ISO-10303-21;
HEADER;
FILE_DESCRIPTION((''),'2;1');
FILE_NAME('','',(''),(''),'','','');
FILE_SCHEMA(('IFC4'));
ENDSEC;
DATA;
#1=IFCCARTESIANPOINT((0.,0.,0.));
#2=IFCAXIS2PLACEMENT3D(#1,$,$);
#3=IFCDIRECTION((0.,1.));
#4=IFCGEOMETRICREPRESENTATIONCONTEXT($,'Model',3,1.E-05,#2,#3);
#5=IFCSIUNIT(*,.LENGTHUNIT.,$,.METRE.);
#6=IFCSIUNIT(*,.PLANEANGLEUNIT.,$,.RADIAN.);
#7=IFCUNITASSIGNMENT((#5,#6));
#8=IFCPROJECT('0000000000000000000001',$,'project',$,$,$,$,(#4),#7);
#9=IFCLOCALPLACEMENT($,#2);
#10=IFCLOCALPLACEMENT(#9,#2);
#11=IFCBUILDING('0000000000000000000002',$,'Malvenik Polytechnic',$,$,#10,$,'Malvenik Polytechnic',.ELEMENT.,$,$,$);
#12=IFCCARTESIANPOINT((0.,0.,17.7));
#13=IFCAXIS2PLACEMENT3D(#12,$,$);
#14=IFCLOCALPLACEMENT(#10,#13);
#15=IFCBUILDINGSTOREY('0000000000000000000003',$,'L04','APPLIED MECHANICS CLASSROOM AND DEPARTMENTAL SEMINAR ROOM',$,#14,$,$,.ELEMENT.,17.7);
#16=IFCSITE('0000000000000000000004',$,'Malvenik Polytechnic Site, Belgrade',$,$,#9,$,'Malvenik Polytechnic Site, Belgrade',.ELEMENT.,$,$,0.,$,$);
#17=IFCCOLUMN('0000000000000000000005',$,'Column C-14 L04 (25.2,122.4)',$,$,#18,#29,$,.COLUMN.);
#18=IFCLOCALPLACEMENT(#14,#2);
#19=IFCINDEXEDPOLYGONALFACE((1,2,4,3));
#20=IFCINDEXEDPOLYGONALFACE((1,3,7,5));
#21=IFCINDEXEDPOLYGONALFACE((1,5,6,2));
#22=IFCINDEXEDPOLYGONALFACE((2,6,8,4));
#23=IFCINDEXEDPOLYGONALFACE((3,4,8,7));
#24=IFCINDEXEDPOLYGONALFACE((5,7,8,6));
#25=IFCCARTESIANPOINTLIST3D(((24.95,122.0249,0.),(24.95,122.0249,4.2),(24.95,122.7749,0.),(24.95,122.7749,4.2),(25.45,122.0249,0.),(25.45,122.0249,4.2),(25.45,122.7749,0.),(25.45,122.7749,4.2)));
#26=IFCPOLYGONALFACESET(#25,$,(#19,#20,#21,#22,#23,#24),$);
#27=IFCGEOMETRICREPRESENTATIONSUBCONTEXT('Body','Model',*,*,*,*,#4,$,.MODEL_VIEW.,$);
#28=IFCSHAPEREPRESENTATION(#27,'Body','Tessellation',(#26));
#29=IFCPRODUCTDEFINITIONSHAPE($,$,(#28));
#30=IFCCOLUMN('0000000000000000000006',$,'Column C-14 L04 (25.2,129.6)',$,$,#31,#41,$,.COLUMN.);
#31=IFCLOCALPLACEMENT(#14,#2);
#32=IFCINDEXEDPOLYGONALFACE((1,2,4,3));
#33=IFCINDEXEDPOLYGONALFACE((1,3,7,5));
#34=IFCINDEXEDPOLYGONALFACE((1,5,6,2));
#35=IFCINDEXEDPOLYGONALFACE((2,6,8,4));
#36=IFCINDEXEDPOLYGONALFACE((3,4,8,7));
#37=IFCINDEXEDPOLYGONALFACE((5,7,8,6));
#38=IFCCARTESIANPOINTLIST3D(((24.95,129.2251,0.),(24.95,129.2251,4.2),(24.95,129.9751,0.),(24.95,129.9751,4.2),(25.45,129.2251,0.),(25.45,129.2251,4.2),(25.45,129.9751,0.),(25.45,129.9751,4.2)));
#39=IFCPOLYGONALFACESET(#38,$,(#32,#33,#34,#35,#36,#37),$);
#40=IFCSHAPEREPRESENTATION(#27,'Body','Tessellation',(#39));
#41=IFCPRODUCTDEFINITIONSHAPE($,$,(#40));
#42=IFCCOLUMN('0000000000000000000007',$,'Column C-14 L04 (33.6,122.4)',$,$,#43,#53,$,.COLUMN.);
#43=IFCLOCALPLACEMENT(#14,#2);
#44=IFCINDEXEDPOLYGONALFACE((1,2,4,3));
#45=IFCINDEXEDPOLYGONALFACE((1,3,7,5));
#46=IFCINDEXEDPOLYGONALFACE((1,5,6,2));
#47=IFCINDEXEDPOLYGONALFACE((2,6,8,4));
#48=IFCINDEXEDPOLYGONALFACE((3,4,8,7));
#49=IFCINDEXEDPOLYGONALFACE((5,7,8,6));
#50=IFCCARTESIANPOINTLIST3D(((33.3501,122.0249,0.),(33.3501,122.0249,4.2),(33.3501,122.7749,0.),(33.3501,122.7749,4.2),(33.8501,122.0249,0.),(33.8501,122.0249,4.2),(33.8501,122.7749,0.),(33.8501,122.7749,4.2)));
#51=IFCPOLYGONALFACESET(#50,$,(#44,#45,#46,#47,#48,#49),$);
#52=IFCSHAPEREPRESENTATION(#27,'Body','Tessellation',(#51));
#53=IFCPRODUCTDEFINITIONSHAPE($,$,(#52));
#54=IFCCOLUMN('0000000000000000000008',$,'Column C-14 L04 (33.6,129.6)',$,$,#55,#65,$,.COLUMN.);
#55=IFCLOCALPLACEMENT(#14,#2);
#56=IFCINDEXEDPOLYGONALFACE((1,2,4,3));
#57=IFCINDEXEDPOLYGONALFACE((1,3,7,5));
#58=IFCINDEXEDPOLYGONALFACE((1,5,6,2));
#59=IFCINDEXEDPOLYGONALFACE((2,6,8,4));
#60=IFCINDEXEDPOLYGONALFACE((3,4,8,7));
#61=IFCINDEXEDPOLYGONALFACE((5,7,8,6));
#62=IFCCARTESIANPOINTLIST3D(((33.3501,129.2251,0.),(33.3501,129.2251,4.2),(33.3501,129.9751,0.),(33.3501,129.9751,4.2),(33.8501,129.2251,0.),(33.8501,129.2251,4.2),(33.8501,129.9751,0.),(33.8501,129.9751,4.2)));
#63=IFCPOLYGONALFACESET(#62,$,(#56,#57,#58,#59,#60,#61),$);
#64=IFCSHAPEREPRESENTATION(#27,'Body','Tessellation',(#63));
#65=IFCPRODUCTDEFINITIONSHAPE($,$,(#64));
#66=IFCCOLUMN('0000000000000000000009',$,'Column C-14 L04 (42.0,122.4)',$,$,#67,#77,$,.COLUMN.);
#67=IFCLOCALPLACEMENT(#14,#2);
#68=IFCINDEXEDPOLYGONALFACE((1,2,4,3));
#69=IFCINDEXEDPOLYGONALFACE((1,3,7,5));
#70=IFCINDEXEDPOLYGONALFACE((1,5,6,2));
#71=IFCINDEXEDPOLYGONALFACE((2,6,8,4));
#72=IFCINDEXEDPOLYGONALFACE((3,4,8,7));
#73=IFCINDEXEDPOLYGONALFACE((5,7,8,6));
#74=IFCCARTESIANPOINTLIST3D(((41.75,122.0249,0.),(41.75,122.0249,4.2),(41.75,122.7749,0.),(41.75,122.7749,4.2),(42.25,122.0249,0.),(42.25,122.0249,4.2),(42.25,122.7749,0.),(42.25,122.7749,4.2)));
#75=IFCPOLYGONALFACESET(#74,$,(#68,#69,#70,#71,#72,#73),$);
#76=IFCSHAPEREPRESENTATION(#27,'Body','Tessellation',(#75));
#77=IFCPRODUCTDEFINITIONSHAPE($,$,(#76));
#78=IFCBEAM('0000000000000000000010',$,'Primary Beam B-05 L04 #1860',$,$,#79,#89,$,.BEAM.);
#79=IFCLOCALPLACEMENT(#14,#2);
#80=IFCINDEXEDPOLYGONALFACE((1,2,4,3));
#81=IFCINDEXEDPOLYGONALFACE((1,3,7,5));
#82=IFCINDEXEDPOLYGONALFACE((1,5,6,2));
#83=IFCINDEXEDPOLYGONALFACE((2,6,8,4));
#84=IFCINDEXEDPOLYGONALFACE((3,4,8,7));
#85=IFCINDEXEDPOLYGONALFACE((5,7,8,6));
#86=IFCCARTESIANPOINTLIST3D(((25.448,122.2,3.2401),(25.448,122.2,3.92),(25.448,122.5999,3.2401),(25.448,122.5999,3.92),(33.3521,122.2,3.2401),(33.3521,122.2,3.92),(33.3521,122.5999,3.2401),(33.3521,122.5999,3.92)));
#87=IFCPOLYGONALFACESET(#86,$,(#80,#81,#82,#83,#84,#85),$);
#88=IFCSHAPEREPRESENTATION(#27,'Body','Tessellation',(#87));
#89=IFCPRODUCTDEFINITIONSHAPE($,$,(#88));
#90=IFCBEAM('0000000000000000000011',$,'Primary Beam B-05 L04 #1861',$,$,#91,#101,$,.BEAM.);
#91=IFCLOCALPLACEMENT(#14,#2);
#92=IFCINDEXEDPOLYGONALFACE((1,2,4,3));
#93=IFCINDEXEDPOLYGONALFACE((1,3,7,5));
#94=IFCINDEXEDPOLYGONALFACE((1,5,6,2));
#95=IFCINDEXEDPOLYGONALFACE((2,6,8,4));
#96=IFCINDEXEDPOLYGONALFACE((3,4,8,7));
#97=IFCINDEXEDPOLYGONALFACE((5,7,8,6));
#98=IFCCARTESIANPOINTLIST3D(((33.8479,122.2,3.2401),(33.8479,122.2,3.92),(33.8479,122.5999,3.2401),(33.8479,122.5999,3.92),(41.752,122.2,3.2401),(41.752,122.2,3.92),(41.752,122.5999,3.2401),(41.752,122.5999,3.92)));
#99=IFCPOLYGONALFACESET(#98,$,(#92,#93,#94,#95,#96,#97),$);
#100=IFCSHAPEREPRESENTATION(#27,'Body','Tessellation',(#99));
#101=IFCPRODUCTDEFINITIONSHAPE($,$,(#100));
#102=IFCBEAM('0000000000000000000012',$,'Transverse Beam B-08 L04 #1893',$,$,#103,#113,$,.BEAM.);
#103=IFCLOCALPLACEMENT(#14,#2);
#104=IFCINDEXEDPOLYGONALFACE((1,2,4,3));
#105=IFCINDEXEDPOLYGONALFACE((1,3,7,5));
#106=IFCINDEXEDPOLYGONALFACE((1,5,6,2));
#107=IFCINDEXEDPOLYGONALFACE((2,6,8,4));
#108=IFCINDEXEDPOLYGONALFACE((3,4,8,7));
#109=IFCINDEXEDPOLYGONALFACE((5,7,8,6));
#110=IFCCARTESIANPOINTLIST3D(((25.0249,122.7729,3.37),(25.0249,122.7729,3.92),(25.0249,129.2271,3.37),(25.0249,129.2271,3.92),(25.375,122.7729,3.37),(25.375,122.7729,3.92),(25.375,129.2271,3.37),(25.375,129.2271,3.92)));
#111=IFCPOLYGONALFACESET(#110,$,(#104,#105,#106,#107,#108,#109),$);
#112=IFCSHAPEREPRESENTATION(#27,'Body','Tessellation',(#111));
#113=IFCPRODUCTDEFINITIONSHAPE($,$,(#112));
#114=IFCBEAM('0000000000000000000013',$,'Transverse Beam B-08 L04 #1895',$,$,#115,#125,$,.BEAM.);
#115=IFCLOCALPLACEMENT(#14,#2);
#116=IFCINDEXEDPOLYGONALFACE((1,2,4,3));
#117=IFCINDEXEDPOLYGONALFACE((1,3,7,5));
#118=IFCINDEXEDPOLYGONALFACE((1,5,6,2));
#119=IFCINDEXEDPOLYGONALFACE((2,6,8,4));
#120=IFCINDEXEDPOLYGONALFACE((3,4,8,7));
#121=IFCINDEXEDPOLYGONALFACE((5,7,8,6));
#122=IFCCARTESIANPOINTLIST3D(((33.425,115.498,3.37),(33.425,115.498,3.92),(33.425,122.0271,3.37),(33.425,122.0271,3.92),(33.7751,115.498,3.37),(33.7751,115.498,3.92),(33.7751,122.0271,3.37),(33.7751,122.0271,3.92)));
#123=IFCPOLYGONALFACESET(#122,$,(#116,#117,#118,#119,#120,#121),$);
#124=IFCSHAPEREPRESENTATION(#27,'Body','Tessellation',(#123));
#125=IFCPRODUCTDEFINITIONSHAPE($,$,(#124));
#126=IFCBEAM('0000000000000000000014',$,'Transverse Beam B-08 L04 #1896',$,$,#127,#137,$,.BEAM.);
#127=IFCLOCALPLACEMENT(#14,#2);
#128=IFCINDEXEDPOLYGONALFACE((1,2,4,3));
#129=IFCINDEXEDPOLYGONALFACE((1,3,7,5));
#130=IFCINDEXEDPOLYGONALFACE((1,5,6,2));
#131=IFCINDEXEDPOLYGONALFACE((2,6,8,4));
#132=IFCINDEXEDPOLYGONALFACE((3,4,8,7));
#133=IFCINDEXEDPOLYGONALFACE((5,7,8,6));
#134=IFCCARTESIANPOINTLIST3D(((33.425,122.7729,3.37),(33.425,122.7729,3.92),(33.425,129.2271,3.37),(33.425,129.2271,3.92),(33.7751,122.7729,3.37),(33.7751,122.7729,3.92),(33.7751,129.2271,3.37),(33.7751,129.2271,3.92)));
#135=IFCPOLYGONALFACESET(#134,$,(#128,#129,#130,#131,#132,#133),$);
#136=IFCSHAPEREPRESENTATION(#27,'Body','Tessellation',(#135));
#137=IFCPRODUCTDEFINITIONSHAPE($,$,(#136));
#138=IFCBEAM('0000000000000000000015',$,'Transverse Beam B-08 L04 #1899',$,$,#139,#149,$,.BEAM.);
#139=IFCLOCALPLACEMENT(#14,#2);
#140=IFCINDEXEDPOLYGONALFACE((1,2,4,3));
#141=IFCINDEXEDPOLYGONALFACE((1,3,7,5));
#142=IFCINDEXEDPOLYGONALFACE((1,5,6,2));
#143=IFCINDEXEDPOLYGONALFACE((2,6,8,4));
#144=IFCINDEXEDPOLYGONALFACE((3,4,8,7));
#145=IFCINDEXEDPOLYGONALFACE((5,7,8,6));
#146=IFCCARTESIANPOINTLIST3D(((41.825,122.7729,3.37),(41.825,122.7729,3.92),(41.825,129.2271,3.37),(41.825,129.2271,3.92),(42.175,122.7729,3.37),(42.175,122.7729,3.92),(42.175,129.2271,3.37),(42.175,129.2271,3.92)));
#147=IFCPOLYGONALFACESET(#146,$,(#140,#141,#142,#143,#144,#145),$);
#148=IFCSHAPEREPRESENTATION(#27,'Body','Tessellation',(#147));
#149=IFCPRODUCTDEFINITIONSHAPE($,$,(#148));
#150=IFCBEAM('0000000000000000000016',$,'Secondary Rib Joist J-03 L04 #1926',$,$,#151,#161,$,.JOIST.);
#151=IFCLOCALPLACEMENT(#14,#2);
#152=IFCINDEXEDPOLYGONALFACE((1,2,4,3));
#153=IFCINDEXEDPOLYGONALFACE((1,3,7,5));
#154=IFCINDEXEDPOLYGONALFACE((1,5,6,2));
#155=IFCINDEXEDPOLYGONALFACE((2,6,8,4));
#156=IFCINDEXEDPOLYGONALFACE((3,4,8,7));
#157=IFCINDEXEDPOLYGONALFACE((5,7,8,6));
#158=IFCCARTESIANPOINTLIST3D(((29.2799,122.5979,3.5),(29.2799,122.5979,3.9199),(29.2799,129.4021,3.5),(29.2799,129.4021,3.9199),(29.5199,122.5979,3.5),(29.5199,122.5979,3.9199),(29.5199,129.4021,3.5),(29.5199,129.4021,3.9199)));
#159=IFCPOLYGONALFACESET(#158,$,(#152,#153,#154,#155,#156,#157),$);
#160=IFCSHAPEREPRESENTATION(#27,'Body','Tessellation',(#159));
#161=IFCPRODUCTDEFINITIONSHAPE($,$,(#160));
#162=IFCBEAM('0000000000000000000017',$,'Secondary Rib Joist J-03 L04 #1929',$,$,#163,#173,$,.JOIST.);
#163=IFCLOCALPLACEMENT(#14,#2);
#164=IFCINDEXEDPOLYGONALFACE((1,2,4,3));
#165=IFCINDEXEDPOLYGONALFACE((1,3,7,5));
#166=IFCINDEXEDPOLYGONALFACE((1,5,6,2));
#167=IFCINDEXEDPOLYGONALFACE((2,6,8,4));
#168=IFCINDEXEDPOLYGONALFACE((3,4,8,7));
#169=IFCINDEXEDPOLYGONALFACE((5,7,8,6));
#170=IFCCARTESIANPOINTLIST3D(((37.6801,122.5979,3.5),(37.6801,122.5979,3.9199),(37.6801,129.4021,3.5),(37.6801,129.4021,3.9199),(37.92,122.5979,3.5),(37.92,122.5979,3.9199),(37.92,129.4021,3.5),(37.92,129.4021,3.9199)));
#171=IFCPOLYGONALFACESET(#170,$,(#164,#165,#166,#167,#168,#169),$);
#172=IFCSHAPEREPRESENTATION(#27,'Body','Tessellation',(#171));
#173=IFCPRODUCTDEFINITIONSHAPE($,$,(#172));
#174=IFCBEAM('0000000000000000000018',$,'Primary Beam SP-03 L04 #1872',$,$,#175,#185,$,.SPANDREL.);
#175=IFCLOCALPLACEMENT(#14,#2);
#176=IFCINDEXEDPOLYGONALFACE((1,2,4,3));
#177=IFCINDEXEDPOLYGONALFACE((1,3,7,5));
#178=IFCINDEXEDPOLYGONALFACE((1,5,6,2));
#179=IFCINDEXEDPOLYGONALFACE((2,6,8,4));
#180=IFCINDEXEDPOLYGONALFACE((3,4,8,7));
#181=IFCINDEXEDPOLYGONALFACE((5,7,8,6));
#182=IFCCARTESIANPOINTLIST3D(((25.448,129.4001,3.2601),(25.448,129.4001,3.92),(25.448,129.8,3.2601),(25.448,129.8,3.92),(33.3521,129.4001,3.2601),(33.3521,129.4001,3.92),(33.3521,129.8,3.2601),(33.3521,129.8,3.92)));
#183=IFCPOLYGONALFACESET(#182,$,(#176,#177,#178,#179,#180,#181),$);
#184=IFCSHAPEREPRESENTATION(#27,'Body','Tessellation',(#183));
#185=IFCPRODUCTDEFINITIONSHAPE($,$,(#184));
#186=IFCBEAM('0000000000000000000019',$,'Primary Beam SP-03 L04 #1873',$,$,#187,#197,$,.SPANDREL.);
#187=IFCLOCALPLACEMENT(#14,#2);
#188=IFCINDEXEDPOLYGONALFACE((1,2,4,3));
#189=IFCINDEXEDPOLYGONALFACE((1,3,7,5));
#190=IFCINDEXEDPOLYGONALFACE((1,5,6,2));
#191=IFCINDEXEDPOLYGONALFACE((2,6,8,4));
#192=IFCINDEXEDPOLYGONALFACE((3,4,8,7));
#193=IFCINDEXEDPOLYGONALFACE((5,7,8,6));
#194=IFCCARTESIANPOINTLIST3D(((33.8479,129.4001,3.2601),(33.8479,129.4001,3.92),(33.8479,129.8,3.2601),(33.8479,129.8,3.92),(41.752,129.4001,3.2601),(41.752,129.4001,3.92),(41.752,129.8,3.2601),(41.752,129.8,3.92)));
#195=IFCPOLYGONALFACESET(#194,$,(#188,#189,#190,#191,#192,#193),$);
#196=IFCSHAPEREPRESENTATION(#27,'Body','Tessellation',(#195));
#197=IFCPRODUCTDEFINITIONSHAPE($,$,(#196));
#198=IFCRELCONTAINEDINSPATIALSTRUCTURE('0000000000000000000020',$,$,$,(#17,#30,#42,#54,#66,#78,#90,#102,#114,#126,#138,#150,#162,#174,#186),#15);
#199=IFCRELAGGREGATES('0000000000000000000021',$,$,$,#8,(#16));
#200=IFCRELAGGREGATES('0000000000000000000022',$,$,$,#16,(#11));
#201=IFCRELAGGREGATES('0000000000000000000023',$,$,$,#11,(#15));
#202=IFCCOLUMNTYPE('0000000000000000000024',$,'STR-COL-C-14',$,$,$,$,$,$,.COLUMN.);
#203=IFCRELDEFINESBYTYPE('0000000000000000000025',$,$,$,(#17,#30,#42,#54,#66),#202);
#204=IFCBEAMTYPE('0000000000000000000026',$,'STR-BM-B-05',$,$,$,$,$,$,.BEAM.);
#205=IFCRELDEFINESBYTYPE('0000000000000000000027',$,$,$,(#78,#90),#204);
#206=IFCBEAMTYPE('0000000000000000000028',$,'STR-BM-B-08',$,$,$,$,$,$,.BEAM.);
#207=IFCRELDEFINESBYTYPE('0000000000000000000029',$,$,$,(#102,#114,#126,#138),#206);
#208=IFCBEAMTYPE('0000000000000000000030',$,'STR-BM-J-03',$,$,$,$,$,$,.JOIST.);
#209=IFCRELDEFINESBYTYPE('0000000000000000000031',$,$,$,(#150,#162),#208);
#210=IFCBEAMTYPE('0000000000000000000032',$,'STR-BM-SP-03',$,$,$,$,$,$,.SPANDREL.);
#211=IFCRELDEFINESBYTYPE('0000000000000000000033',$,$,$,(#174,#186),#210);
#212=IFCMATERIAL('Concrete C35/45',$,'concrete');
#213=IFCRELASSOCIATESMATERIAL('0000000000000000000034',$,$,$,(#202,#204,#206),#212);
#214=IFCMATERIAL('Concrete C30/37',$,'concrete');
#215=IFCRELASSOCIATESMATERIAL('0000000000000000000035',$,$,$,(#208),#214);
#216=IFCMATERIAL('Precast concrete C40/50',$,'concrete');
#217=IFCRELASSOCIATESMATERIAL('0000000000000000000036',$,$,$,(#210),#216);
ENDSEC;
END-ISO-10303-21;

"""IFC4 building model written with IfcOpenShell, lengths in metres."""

from ifc_helpers import new_model, si_unit, direction, frame, origin, origin_2d, place, context, subcontext, project, spatial, rectangle, extrude, material, material_profile, profile_set, type_object, element, save


model = new_model("IFC4")

# Units and contexts
model_context = context("Model", 3, precision=1e-05, world=origin(), true_north=direction((0.0, 1.0)))
body_context = subcontext(model_context, "Body", "Model", "MODEL_VIEW")
ifc_project = project(units=[si_unit("LENGTHUNIT", "METRE"), si_unit("PLANEANGLEUNIT", "RADIAN")], contexts=[model_context])

# Site, building, storey
site_placement = place(None, origin())
site = spatial("IfcSite", under=ifc_project, at=site_placement, Name="Malvenik Polytechnic Site, Belgrade", LongName="Malvenik Polytechnic Site, Belgrade", CompositionType="ELEMENT", RefElevation=0.0)
building_placement = place(site_placement, origin())
building = spatial("IfcBuilding", under=site, at=building_placement, Name="Malvenik Polytechnic", LongName="Malvenik Polytechnic", CompositionType="ELEMENT")
storey_placement = place(building_placement, frame((0.0, 0.0, 17.7)))
storey = spatial("IfcBuildingStorey", under=building, at=storey_placement, Name="L04", Description="APPLIED MECHANICS CLASSROOM AND DEPARTMENTAL SEMINAR ROOM", CompositionType="ELEMENT", Elevation=17.7)

# Columns
ifc_material_1 = material(Name="Concrete C35/45", Category="concrete")
ifc_material_profile_1 = material_profile(ifc_material_1, rectangle(XDim=0.5, YDim=0.75, at=origin_2d()), Name="RC COL 750x500")
ifc_profile_set_1 = profile_set([ifc_material_profile_1], Name="Concrete C35/45")
column_type = type_object("IfcColumnType", Name="STR-COL-C-14", PredefinedType="COLUMN", material=ifc_profile_set_1)
for number, where, z_axis, x_axis, name in (
    (1, (25.2, 122.3999, 0.0), (0.0, 0.0, 1.0), (1.0, 0.0, 0.0), "Column C-14 L04 (25.2,122.4)"),
    (2, (25.2, 129.6001, 0.0), (0.0, 0.0, 1.0), (1.0, 0.0, 0.0), "Column C-14 L04 (25.2,129.6)"),
    (3, (33.6001, 122.3999, 0.0), (0.0, 0.0, 1.0), (1.0, 0.0, 0.0), "Column C-14 L04 (33.6,122.4)"),
    (4, (33.6001, 129.6001, 0.0), (0.0, 0.0, 1.0), (1.0, 0.0, 0.0), "Column C-14 L04 (33.6,129.6)"),
    (5, (42.0, 122.3999, 0.0), (0.0, 0.0, 1.0), (1.0, 0.0, 0.0), "Column C-14 L04 (42.0,122.4)"),
):
    element("IfcColumn", number, at=place(storey_placement, frame(where, z_axis=z_axis, x_axis=x_axis)), inside=storey, type_object=column_type, Name=name, PredefinedType="COLUMN", context=body_context, shape_type="SweptSolid", body=[
        extrude(rectangle(XDim=0.5, YDim=0.75, at=origin_2d()), origin(), (0.0, 0.0, 1.0), 4.2),
    ])

# Beams
ifc_material_profile_2 = material_profile(ifc_material_1, rectangle(XDim=0.3999, YDim=0.6799, at=origin_2d()), Name="RC BM 400x680")
ifc_profile_set_2 = profile_set([ifc_material_profile_2], Name="Concrete C35/45")
beam_type_1 = type_object("IfcBeamType", Name="STR-BM-B-05", PredefinedType="BEAM", material=ifc_profile_set_2)
for number, where, z_axis, x_axis, name in (
    (6, (25.448, 122.3999, 3.5801), (1.0, 0.0, 0.0), (0.0, 1.0, 0.0), "Primary Beam B-05 L04 #1860"),
    (7, (33.8479, 122.3999, 3.5801), (1.0, 0.0, 0.0), (0.0, 1.0, 0.0), "Primary Beam B-05 L04 #1861"),
):
    element("IfcBeam", number, at=place(storey_placement, frame(where, z_axis=z_axis, x_axis=x_axis)), inside=storey, type_object=beam_type_1, Name=name, PredefinedType="BEAM", context=body_context, shape_type="SweptSolid", body=[
        extrude(rectangle(XDim=0.3999, YDim=0.6799, at=origin_2d()), origin(), (0.0, 0.0, 1.0), 7.9041),
    ])
ifc_material_profile_3 = material_profile(ifc_material_1, rectangle(XDim=0.3501, YDim=0.55, at=origin_2d()), Name="RC BM 350x550")
ifc_profile_set_3 = profile_set([ifc_material_profile_3], Name="Concrete C35/45")
beam_type_2 = type_object("IfcBeamType", Name="STR-BM-B-08", PredefinedType="BEAM", material=ifc_profile_set_3)
beam_1_placement = place(storey_placement, frame((25.2, 122.7729, 3.645), z_axis=(0.0, 1.0, 0.0), x_axis=(-1.0, 0.0, 0.0)))
element("IfcBeam", 8, at=beam_1_placement, inside=storey, type_object=beam_type_2, Name="Transverse Beam B-08 L04 #1893", PredefinedType="BEAM", context=body_context, shape_type="SweptSolid", body=[
    extrude(rectangle(XDim=0.3501, YDim=0.55, at=origin_2d()), origin(), (0.0, 0.0, 1.0), 6.4541),
])
beam_2_placement = place(storey_placement, frame((33.6001, 115.498, 3.645), z_axis=(0.0, 1.0, 0.0), x_axis=(-1.0, 0.0, 0.0)))
element("IfcBeam", 9, at=beam_2_placement, inside=storey, type_object=beam_type_2, Name="Transverse Beam B-08 L04 #1895", PredefinedType="BEAM", context=body_context, shape_type="SweptSolid", body=[
    extrude(rectangle(XDim=0.3501, YDim=0.55, at=origin_2d()), origin(), (0.0, 0.0, 1.0), 6.5291),
])
for number, where, z_axis, x_axis, name in (
    (10, (33.6001, 122.7729, 3.645), (0.0, 1.0, 0.0), (-1.0, 0.0, 0.0), "Transverse Beam B-08 L04 #1896"),
    (11, (42.0, 122.7729, 3.645), (0.0, 1.0, 0.0), (-1.0, 0.0, 0.0), "Transverse Beam B-08 L04 #1899"),
):
    element("IfcBeam", number, at=place(storey_placement, frame(where, z_axis=z_axis, x_axis=x_axis)), inside=storey, type_object=beam_type_2, Name=name, PredefinedType="BEAM", context=body_context, shape_type="SweptSolid", body=[
        extrude(rectangle(XDim=0.3501, YDim=0.55, at=origin_2d()), origin(), (0.0, 0.0, 1.0), 6.4541),
    ])
ifc_material_2 = material(Name="Concrete C30/37", Category="concrete")
ifc_material_profile_4 = material_profile(ifc_material_2, rectangle(XDim=0.24, YDim=0.4199, at=origin_2d()), Name="RC JST 240x420")
ifc_profile_set_4 = profile_set([ifc_material_profile_4], Name="Concrete C30/37")
beam_type_3 = type_object("IfcBeamType", Name="STR-BM-J-03", PredefinedType="JOIST", material=ifc_profile_set_4)
for number, where, z_axis, x_axis, name in (
    (12, (29.3999, 122.5979, 3.71), (0.0, 1.0, 0.0), (-1.0, 0.0, 0.0), "Secondary Rib Joist J-03 L04 #1926"),
    (13, (37.8, 122.5979, 3.71), (0.0, 1.0, 0.0), (-1.0, 0.0, 0.0), "Secondary Rib Joist J-03 L04 #1929"),
):
    element("IfcBeam", number, at=place(storey_placement, frame(where, z_axis=z_axis, x_axis=x_axis)), inside=storey, type_object=beam_type_3, Name=name, PredefinedType="JOIST", context=body_context, shape_type="SweptSolid", body=[
        extrude(rectangle(XDim=0.24, YDim=0.4199, at=origin_2d()), origin(), (0.0, 0.0, 1.0), 6.8042),
    ])
ifc_material_3 = material(Name="Precast concrete C40/50", Category="concrete")
ifc_material_profile_5 = material_profile(ifc_material_3, rectangle(XDim=0.3999, YDim=0.6599, at=origin_2d()), Name="PC SPN 400x660")
ifc_profile_set_5 = profile_set([ifc_material_profile_5], Name="Precast concrete C40/50")
beam_type_4 = type_object("IfcBeamType", Name="STR-BM-SP-03", PredefinedType="SPANDREL", material=ifc_profile_set_5)
for number, where, z_axis, x_axis, name in (
    (14, (25.448, 129.6001, 3.5901), (1.0, 0.0, 0.0), (0.0, 1.0, 0.0), "Primary Beam SP-03 L04 #1872"),
    (15, (33.8479, 129.6001, 3.5901), (1.0, 0.0, 0.0), (0.0, 1.0, 0.0), "Primary Beam SP-03 L04 #1873"),
):
    element("IfcBeam", number, at=place(storey_placement, frame(where, z_axis=z_axis, x_axis=x_axis)), inside=storey, type_object=beam_type_4, Name=name, PredefinedType="SPANDREL", context=body_context, shape_type="SweptSolid", body=[
        extrude(rectangle(XDim=0.3999, YDim=0.6599, at=origin_2d()), origin(), (0.0, 0.0, 1.0), 7.9041),
    ])

save(model, "model.ifc")
